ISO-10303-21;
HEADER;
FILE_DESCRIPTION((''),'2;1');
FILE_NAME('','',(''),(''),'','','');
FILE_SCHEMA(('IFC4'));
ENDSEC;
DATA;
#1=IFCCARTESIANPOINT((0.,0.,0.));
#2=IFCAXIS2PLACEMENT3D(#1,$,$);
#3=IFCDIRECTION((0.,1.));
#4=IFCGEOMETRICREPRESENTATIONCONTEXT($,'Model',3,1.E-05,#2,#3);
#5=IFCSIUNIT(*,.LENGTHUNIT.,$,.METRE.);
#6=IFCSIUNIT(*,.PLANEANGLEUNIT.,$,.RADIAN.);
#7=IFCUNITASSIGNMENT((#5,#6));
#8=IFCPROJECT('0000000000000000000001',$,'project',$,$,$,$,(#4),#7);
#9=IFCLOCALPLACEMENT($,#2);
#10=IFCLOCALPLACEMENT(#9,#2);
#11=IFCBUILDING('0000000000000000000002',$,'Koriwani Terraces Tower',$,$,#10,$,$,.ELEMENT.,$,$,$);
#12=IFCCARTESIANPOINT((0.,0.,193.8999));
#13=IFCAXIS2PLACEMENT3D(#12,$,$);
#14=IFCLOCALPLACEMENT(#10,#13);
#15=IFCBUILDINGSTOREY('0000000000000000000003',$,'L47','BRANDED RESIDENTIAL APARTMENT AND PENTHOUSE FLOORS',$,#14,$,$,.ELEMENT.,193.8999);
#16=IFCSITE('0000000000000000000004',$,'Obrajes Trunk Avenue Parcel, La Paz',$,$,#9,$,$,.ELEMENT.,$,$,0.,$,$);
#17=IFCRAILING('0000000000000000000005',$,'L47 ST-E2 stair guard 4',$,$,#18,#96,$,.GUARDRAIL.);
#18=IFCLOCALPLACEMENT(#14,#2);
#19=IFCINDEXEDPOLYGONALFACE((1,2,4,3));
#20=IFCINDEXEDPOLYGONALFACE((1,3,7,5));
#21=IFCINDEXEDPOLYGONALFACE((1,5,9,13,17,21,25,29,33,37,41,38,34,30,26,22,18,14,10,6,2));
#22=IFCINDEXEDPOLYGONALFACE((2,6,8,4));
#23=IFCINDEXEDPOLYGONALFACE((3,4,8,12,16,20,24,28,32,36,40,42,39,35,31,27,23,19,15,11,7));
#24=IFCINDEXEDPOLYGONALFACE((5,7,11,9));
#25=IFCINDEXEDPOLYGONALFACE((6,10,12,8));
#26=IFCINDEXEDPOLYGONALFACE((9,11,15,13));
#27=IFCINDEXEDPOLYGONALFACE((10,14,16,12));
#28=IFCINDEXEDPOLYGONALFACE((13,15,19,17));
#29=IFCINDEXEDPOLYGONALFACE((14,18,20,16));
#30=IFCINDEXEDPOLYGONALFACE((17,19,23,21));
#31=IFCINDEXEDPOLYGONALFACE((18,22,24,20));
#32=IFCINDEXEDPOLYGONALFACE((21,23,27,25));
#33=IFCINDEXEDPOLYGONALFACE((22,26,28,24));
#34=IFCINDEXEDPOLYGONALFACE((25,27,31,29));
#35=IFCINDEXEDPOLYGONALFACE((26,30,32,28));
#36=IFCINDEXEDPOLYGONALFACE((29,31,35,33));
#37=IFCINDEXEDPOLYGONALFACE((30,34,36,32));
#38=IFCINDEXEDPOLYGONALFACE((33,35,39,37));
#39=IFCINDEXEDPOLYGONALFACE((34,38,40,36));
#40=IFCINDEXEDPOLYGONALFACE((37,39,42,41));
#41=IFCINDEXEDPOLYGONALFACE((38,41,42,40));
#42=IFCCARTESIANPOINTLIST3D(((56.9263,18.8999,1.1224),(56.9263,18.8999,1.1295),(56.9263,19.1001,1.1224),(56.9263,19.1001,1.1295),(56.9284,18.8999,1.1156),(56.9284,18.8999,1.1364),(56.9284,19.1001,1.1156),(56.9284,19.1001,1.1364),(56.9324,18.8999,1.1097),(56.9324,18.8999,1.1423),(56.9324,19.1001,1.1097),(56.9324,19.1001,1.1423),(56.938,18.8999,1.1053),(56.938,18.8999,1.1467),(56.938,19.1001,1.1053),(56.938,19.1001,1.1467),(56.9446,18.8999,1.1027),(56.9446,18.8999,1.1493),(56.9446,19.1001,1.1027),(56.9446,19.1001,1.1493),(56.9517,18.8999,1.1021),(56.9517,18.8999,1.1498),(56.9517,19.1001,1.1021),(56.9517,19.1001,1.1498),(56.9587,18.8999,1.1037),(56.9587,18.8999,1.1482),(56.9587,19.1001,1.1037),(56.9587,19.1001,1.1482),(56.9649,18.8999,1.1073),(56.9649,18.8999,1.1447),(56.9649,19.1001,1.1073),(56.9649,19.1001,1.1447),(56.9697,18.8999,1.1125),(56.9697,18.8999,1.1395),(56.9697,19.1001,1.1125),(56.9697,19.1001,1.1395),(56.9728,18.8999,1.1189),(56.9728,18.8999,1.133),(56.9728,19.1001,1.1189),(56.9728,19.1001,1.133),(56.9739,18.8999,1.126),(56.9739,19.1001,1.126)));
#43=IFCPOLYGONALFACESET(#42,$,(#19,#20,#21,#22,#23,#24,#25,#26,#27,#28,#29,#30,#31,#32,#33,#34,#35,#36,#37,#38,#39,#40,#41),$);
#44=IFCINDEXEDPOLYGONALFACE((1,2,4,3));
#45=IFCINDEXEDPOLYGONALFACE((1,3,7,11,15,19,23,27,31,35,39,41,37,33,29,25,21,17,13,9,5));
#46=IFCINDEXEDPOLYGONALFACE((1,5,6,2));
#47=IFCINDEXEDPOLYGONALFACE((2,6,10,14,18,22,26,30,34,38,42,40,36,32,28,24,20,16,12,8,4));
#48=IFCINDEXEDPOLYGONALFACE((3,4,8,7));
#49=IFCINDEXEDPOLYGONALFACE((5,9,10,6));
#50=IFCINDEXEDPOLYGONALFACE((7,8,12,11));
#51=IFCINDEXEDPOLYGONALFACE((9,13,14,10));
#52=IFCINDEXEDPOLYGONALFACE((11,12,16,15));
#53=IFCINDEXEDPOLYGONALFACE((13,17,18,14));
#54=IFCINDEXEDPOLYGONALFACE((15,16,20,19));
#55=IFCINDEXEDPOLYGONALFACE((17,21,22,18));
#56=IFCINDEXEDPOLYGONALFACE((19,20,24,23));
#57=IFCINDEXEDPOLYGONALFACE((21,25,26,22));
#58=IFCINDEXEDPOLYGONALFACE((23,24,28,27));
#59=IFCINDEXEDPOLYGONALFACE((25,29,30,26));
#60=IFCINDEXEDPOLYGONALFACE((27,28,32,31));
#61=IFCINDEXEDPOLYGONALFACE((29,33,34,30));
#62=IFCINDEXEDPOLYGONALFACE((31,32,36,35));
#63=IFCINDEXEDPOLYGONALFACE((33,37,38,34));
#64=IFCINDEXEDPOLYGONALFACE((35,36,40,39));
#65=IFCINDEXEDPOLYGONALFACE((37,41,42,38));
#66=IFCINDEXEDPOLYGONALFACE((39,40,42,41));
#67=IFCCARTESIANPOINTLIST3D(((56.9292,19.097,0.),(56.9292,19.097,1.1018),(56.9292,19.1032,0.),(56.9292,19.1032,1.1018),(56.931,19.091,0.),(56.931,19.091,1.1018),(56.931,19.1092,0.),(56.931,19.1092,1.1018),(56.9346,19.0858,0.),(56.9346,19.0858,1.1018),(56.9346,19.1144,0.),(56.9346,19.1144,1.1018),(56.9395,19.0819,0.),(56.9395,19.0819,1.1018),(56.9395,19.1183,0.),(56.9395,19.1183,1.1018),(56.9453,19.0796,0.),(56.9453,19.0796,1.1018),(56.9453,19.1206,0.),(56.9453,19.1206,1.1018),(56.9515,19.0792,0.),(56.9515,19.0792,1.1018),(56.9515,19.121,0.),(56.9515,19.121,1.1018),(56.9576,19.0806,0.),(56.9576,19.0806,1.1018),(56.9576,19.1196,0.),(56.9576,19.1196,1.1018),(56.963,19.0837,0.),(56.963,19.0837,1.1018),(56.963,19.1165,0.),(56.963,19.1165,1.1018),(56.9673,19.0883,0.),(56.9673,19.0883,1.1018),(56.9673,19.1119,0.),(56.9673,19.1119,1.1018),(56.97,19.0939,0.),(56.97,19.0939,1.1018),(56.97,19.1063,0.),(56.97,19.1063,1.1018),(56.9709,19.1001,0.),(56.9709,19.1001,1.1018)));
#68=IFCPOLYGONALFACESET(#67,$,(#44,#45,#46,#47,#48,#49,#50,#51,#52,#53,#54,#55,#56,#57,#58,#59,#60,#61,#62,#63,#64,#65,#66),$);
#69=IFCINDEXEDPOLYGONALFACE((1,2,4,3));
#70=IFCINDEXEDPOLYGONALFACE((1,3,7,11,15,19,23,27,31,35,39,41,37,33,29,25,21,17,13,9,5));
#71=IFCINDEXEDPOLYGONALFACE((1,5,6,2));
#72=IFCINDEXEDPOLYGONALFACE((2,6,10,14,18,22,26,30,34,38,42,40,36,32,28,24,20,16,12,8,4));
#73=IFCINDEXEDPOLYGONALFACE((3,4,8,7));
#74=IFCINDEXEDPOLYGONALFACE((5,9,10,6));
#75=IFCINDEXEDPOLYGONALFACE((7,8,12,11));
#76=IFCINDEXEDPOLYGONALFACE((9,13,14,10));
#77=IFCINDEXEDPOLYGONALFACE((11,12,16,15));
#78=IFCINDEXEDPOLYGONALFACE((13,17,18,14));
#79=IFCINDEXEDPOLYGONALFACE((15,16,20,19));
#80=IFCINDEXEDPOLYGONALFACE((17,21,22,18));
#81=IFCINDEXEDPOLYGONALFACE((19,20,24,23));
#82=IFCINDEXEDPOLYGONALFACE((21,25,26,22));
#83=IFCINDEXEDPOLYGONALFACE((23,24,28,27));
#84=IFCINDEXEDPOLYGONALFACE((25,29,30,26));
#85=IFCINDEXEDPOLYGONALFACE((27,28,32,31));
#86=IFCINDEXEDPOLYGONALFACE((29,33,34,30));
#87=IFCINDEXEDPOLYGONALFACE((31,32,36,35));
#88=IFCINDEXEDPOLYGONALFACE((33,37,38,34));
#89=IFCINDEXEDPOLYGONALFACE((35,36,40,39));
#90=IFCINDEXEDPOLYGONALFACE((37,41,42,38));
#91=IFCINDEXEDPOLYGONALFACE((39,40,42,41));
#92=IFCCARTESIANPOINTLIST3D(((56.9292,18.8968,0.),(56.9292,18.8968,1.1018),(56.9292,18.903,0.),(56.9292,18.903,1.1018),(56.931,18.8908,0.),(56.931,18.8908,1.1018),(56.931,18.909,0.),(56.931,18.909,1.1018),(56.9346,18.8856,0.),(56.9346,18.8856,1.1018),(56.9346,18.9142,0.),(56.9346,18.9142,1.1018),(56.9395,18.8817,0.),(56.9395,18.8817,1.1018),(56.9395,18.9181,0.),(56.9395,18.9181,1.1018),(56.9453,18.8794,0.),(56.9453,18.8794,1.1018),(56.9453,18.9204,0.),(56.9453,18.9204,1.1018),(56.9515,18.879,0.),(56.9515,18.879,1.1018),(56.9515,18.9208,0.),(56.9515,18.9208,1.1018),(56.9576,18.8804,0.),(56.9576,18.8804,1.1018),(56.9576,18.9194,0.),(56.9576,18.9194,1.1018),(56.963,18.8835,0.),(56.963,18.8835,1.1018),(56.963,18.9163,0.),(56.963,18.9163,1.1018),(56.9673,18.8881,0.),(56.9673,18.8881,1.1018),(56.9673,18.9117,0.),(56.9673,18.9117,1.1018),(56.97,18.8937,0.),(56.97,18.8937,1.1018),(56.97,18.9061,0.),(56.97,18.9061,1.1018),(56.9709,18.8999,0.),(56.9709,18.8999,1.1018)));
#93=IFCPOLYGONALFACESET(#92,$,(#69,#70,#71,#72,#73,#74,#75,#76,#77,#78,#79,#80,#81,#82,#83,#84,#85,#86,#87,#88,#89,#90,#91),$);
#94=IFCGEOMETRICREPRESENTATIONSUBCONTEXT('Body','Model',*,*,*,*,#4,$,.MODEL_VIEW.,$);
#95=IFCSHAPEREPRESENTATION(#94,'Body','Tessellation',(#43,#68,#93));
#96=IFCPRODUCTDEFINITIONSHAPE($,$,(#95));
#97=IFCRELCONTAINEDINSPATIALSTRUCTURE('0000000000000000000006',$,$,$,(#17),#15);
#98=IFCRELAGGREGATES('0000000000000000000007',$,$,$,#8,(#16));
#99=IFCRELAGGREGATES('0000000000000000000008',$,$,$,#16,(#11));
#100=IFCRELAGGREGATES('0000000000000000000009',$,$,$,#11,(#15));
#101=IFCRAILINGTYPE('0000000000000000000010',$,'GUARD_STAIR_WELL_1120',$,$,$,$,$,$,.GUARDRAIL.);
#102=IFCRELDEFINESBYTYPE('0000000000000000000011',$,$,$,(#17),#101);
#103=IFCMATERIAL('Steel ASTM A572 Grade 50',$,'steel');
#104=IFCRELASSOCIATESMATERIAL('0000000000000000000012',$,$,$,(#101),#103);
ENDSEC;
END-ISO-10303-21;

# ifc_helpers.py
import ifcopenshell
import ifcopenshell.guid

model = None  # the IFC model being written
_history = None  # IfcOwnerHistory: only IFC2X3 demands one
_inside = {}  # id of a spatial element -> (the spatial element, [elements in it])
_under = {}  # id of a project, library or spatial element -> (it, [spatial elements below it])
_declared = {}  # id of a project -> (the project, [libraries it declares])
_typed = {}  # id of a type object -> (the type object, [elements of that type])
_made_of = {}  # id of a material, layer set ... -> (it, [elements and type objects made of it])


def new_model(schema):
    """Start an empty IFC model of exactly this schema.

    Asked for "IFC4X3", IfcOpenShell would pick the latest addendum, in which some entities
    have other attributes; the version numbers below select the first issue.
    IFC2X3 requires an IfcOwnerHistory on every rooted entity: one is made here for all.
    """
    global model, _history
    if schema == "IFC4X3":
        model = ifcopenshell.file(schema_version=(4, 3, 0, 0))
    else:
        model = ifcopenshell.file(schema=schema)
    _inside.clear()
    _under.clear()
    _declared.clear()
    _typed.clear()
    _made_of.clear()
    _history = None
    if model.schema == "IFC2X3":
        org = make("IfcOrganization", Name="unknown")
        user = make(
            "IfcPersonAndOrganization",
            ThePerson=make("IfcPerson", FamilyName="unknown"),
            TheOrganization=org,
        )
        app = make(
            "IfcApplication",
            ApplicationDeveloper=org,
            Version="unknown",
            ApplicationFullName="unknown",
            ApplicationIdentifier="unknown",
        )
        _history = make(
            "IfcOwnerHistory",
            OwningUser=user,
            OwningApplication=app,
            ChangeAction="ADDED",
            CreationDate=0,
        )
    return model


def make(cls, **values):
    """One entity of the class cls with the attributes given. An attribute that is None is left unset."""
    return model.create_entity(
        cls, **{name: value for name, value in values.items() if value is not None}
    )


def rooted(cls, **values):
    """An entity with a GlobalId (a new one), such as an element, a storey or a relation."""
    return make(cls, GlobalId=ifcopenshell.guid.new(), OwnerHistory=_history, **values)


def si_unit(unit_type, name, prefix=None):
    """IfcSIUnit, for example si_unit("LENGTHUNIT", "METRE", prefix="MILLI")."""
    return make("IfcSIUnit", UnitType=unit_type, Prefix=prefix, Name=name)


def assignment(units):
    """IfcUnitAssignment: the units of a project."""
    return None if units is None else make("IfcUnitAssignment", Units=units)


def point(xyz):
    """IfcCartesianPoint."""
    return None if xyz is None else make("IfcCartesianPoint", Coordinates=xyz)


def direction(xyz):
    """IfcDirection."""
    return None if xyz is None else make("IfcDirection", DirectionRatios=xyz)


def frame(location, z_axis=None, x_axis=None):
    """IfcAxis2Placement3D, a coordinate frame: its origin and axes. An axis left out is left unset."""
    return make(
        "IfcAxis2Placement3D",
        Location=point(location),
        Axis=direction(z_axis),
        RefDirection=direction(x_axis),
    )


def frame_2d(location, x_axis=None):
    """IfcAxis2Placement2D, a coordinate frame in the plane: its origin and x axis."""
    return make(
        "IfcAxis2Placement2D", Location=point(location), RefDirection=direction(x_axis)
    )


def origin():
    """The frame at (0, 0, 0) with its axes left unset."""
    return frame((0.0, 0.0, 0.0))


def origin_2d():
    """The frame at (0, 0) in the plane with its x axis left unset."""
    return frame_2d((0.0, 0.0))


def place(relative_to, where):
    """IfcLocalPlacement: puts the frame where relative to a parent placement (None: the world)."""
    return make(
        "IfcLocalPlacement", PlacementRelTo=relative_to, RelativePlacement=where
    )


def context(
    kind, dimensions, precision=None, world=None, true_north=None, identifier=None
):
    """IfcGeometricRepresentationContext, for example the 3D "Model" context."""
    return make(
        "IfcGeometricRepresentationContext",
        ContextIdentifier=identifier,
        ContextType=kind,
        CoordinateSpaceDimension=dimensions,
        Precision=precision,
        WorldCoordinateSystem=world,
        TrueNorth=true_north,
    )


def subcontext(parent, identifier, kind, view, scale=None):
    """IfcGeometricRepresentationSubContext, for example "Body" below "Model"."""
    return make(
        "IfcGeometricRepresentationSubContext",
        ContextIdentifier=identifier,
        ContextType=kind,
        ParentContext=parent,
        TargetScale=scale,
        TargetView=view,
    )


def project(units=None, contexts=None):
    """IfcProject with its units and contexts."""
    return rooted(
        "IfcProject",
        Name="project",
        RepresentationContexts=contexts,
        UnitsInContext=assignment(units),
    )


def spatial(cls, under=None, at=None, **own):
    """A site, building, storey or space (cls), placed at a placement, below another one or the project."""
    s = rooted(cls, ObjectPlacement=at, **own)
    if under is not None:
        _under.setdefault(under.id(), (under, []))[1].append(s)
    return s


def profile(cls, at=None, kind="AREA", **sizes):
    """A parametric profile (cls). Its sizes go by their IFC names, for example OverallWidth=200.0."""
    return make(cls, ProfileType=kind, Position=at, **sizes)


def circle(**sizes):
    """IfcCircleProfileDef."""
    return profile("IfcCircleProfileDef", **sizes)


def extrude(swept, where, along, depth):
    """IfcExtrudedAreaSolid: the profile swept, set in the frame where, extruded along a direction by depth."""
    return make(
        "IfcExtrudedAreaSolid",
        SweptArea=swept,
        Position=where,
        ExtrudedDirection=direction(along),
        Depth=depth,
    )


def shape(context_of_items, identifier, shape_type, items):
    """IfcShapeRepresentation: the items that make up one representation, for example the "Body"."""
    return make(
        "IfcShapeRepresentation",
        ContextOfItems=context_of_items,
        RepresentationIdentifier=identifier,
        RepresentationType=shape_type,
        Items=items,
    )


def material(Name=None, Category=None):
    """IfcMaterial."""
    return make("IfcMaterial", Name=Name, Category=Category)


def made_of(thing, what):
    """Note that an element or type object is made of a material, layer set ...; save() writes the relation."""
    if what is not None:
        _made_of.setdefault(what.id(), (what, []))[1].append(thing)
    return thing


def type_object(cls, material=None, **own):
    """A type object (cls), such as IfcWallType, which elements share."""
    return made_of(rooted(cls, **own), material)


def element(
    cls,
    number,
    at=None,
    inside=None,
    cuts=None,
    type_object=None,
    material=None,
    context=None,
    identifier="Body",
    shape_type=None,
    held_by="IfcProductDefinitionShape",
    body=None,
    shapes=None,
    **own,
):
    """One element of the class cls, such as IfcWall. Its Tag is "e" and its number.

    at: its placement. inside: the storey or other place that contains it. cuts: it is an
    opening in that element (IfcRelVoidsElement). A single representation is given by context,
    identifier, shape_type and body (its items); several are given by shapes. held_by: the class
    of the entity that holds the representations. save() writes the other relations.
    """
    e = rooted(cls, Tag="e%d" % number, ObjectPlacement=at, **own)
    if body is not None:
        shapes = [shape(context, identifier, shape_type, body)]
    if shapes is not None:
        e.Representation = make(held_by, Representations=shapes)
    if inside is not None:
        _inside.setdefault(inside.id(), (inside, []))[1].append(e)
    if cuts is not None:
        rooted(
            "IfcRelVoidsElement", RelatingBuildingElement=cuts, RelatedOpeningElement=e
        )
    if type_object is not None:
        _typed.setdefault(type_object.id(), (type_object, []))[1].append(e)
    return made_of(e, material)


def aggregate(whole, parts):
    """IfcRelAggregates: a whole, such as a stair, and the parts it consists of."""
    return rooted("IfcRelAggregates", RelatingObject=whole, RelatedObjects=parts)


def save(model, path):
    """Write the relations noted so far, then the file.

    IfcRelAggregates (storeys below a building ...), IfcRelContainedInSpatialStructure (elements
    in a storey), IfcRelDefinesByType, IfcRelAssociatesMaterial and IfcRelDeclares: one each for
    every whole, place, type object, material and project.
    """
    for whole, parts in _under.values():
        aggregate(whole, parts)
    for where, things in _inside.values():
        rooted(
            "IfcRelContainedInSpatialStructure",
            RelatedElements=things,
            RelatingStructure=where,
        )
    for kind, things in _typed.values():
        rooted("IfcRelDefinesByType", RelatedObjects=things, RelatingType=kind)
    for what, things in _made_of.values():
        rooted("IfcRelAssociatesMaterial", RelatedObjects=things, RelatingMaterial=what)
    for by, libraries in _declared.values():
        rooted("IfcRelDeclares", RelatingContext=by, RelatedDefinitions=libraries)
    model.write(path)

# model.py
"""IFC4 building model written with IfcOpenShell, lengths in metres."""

from ifc_helpers import new_model, si_unit, direction, frame, origin, origin_2d, place, context, subcontext, project, spatial, circle, extrude, material, type_object, element, save


model = new_model("IFC4")

# Units and contexts
model_context = context("Model", 3, precision=1e-05, world=origin(), true_north=direction((0.0, 1.0)))
body_context = subcontext(model_context, "Body", "Model", "MODEL_VIEW")
ifc_project = project(units=[si_unit("LENGTHUNIT", "METRE"), si_unit("PLANEANGLEUNIT", "RADIAN")], contexts=[model_context])

# Site, building, storey
site_placement = place(None, origin())
site = spatial("IfcSite", under=ifc_project, at=site_placement, Name="Obrajes Trunk Avenue Parcel, La Paz", CompositionType="ELEMENT", RefElevation=0.0)
building_placement = place(site_placement, origin())
building = spatial("IfcBuilding", under=site, at=building_placement, Name="Koriwani Terraces Tower", CompositionType="ELEMENT")
storey_placement = place(building_placement, frame((0.0, 0.0, 193.8999)))
storey = spatial("IfcBuildingStorey", under=building, at=storey_placement, Name="L47", Description="BRANDED RESIDENTIAL APARTMENT AND PENTHOUSE FLOORS", CompositionType="ELEMENT", Elevation=193.8999)

# Shared definitions
ifc_material_1 = material(Name="Steel ASTM A572 Grade 50", Category="steel")

# Railing
railing_type_1 = type_object("IfcRailingType", Name="GUARD_STAIR_WELL_1120", PredefinedType="GUARDRAIL", material=ifc_material_1)
railing_1_placement = place(storey_placement, frame((56.95, 19.1001, 0.0)))
element("IfcRailing", 1, at=railing_1_placement, inside=storey, type_object=railing_type_1, Name="L47 ST-E2 stair guard 4", PredefinedType="GUARDRAIL", context=body_context, shape_type="SweptSolid", body=[
    extrude(circle(Radius=0.0239, at=origin_2d()), frame((0.0, 0.0, 1.126), z_axis=(0.0, -1.0, 0.0), x_axis=(1.0, 0.0, 0.0)), (0.0, 0.0, 1.0), 0.2002),
    extrude(circle(Radius=0.021, at=origin_2d()), origin(), (0.0, 0.0, 1.0), 1.1018),
    extrude(circle(Radius=0.021, at=origin_2d()), frame((0.0, -0.2002, 0.0)), (0.0, 0.0, 1.0), 1.1018),
])

save(model, "model.ifc")
